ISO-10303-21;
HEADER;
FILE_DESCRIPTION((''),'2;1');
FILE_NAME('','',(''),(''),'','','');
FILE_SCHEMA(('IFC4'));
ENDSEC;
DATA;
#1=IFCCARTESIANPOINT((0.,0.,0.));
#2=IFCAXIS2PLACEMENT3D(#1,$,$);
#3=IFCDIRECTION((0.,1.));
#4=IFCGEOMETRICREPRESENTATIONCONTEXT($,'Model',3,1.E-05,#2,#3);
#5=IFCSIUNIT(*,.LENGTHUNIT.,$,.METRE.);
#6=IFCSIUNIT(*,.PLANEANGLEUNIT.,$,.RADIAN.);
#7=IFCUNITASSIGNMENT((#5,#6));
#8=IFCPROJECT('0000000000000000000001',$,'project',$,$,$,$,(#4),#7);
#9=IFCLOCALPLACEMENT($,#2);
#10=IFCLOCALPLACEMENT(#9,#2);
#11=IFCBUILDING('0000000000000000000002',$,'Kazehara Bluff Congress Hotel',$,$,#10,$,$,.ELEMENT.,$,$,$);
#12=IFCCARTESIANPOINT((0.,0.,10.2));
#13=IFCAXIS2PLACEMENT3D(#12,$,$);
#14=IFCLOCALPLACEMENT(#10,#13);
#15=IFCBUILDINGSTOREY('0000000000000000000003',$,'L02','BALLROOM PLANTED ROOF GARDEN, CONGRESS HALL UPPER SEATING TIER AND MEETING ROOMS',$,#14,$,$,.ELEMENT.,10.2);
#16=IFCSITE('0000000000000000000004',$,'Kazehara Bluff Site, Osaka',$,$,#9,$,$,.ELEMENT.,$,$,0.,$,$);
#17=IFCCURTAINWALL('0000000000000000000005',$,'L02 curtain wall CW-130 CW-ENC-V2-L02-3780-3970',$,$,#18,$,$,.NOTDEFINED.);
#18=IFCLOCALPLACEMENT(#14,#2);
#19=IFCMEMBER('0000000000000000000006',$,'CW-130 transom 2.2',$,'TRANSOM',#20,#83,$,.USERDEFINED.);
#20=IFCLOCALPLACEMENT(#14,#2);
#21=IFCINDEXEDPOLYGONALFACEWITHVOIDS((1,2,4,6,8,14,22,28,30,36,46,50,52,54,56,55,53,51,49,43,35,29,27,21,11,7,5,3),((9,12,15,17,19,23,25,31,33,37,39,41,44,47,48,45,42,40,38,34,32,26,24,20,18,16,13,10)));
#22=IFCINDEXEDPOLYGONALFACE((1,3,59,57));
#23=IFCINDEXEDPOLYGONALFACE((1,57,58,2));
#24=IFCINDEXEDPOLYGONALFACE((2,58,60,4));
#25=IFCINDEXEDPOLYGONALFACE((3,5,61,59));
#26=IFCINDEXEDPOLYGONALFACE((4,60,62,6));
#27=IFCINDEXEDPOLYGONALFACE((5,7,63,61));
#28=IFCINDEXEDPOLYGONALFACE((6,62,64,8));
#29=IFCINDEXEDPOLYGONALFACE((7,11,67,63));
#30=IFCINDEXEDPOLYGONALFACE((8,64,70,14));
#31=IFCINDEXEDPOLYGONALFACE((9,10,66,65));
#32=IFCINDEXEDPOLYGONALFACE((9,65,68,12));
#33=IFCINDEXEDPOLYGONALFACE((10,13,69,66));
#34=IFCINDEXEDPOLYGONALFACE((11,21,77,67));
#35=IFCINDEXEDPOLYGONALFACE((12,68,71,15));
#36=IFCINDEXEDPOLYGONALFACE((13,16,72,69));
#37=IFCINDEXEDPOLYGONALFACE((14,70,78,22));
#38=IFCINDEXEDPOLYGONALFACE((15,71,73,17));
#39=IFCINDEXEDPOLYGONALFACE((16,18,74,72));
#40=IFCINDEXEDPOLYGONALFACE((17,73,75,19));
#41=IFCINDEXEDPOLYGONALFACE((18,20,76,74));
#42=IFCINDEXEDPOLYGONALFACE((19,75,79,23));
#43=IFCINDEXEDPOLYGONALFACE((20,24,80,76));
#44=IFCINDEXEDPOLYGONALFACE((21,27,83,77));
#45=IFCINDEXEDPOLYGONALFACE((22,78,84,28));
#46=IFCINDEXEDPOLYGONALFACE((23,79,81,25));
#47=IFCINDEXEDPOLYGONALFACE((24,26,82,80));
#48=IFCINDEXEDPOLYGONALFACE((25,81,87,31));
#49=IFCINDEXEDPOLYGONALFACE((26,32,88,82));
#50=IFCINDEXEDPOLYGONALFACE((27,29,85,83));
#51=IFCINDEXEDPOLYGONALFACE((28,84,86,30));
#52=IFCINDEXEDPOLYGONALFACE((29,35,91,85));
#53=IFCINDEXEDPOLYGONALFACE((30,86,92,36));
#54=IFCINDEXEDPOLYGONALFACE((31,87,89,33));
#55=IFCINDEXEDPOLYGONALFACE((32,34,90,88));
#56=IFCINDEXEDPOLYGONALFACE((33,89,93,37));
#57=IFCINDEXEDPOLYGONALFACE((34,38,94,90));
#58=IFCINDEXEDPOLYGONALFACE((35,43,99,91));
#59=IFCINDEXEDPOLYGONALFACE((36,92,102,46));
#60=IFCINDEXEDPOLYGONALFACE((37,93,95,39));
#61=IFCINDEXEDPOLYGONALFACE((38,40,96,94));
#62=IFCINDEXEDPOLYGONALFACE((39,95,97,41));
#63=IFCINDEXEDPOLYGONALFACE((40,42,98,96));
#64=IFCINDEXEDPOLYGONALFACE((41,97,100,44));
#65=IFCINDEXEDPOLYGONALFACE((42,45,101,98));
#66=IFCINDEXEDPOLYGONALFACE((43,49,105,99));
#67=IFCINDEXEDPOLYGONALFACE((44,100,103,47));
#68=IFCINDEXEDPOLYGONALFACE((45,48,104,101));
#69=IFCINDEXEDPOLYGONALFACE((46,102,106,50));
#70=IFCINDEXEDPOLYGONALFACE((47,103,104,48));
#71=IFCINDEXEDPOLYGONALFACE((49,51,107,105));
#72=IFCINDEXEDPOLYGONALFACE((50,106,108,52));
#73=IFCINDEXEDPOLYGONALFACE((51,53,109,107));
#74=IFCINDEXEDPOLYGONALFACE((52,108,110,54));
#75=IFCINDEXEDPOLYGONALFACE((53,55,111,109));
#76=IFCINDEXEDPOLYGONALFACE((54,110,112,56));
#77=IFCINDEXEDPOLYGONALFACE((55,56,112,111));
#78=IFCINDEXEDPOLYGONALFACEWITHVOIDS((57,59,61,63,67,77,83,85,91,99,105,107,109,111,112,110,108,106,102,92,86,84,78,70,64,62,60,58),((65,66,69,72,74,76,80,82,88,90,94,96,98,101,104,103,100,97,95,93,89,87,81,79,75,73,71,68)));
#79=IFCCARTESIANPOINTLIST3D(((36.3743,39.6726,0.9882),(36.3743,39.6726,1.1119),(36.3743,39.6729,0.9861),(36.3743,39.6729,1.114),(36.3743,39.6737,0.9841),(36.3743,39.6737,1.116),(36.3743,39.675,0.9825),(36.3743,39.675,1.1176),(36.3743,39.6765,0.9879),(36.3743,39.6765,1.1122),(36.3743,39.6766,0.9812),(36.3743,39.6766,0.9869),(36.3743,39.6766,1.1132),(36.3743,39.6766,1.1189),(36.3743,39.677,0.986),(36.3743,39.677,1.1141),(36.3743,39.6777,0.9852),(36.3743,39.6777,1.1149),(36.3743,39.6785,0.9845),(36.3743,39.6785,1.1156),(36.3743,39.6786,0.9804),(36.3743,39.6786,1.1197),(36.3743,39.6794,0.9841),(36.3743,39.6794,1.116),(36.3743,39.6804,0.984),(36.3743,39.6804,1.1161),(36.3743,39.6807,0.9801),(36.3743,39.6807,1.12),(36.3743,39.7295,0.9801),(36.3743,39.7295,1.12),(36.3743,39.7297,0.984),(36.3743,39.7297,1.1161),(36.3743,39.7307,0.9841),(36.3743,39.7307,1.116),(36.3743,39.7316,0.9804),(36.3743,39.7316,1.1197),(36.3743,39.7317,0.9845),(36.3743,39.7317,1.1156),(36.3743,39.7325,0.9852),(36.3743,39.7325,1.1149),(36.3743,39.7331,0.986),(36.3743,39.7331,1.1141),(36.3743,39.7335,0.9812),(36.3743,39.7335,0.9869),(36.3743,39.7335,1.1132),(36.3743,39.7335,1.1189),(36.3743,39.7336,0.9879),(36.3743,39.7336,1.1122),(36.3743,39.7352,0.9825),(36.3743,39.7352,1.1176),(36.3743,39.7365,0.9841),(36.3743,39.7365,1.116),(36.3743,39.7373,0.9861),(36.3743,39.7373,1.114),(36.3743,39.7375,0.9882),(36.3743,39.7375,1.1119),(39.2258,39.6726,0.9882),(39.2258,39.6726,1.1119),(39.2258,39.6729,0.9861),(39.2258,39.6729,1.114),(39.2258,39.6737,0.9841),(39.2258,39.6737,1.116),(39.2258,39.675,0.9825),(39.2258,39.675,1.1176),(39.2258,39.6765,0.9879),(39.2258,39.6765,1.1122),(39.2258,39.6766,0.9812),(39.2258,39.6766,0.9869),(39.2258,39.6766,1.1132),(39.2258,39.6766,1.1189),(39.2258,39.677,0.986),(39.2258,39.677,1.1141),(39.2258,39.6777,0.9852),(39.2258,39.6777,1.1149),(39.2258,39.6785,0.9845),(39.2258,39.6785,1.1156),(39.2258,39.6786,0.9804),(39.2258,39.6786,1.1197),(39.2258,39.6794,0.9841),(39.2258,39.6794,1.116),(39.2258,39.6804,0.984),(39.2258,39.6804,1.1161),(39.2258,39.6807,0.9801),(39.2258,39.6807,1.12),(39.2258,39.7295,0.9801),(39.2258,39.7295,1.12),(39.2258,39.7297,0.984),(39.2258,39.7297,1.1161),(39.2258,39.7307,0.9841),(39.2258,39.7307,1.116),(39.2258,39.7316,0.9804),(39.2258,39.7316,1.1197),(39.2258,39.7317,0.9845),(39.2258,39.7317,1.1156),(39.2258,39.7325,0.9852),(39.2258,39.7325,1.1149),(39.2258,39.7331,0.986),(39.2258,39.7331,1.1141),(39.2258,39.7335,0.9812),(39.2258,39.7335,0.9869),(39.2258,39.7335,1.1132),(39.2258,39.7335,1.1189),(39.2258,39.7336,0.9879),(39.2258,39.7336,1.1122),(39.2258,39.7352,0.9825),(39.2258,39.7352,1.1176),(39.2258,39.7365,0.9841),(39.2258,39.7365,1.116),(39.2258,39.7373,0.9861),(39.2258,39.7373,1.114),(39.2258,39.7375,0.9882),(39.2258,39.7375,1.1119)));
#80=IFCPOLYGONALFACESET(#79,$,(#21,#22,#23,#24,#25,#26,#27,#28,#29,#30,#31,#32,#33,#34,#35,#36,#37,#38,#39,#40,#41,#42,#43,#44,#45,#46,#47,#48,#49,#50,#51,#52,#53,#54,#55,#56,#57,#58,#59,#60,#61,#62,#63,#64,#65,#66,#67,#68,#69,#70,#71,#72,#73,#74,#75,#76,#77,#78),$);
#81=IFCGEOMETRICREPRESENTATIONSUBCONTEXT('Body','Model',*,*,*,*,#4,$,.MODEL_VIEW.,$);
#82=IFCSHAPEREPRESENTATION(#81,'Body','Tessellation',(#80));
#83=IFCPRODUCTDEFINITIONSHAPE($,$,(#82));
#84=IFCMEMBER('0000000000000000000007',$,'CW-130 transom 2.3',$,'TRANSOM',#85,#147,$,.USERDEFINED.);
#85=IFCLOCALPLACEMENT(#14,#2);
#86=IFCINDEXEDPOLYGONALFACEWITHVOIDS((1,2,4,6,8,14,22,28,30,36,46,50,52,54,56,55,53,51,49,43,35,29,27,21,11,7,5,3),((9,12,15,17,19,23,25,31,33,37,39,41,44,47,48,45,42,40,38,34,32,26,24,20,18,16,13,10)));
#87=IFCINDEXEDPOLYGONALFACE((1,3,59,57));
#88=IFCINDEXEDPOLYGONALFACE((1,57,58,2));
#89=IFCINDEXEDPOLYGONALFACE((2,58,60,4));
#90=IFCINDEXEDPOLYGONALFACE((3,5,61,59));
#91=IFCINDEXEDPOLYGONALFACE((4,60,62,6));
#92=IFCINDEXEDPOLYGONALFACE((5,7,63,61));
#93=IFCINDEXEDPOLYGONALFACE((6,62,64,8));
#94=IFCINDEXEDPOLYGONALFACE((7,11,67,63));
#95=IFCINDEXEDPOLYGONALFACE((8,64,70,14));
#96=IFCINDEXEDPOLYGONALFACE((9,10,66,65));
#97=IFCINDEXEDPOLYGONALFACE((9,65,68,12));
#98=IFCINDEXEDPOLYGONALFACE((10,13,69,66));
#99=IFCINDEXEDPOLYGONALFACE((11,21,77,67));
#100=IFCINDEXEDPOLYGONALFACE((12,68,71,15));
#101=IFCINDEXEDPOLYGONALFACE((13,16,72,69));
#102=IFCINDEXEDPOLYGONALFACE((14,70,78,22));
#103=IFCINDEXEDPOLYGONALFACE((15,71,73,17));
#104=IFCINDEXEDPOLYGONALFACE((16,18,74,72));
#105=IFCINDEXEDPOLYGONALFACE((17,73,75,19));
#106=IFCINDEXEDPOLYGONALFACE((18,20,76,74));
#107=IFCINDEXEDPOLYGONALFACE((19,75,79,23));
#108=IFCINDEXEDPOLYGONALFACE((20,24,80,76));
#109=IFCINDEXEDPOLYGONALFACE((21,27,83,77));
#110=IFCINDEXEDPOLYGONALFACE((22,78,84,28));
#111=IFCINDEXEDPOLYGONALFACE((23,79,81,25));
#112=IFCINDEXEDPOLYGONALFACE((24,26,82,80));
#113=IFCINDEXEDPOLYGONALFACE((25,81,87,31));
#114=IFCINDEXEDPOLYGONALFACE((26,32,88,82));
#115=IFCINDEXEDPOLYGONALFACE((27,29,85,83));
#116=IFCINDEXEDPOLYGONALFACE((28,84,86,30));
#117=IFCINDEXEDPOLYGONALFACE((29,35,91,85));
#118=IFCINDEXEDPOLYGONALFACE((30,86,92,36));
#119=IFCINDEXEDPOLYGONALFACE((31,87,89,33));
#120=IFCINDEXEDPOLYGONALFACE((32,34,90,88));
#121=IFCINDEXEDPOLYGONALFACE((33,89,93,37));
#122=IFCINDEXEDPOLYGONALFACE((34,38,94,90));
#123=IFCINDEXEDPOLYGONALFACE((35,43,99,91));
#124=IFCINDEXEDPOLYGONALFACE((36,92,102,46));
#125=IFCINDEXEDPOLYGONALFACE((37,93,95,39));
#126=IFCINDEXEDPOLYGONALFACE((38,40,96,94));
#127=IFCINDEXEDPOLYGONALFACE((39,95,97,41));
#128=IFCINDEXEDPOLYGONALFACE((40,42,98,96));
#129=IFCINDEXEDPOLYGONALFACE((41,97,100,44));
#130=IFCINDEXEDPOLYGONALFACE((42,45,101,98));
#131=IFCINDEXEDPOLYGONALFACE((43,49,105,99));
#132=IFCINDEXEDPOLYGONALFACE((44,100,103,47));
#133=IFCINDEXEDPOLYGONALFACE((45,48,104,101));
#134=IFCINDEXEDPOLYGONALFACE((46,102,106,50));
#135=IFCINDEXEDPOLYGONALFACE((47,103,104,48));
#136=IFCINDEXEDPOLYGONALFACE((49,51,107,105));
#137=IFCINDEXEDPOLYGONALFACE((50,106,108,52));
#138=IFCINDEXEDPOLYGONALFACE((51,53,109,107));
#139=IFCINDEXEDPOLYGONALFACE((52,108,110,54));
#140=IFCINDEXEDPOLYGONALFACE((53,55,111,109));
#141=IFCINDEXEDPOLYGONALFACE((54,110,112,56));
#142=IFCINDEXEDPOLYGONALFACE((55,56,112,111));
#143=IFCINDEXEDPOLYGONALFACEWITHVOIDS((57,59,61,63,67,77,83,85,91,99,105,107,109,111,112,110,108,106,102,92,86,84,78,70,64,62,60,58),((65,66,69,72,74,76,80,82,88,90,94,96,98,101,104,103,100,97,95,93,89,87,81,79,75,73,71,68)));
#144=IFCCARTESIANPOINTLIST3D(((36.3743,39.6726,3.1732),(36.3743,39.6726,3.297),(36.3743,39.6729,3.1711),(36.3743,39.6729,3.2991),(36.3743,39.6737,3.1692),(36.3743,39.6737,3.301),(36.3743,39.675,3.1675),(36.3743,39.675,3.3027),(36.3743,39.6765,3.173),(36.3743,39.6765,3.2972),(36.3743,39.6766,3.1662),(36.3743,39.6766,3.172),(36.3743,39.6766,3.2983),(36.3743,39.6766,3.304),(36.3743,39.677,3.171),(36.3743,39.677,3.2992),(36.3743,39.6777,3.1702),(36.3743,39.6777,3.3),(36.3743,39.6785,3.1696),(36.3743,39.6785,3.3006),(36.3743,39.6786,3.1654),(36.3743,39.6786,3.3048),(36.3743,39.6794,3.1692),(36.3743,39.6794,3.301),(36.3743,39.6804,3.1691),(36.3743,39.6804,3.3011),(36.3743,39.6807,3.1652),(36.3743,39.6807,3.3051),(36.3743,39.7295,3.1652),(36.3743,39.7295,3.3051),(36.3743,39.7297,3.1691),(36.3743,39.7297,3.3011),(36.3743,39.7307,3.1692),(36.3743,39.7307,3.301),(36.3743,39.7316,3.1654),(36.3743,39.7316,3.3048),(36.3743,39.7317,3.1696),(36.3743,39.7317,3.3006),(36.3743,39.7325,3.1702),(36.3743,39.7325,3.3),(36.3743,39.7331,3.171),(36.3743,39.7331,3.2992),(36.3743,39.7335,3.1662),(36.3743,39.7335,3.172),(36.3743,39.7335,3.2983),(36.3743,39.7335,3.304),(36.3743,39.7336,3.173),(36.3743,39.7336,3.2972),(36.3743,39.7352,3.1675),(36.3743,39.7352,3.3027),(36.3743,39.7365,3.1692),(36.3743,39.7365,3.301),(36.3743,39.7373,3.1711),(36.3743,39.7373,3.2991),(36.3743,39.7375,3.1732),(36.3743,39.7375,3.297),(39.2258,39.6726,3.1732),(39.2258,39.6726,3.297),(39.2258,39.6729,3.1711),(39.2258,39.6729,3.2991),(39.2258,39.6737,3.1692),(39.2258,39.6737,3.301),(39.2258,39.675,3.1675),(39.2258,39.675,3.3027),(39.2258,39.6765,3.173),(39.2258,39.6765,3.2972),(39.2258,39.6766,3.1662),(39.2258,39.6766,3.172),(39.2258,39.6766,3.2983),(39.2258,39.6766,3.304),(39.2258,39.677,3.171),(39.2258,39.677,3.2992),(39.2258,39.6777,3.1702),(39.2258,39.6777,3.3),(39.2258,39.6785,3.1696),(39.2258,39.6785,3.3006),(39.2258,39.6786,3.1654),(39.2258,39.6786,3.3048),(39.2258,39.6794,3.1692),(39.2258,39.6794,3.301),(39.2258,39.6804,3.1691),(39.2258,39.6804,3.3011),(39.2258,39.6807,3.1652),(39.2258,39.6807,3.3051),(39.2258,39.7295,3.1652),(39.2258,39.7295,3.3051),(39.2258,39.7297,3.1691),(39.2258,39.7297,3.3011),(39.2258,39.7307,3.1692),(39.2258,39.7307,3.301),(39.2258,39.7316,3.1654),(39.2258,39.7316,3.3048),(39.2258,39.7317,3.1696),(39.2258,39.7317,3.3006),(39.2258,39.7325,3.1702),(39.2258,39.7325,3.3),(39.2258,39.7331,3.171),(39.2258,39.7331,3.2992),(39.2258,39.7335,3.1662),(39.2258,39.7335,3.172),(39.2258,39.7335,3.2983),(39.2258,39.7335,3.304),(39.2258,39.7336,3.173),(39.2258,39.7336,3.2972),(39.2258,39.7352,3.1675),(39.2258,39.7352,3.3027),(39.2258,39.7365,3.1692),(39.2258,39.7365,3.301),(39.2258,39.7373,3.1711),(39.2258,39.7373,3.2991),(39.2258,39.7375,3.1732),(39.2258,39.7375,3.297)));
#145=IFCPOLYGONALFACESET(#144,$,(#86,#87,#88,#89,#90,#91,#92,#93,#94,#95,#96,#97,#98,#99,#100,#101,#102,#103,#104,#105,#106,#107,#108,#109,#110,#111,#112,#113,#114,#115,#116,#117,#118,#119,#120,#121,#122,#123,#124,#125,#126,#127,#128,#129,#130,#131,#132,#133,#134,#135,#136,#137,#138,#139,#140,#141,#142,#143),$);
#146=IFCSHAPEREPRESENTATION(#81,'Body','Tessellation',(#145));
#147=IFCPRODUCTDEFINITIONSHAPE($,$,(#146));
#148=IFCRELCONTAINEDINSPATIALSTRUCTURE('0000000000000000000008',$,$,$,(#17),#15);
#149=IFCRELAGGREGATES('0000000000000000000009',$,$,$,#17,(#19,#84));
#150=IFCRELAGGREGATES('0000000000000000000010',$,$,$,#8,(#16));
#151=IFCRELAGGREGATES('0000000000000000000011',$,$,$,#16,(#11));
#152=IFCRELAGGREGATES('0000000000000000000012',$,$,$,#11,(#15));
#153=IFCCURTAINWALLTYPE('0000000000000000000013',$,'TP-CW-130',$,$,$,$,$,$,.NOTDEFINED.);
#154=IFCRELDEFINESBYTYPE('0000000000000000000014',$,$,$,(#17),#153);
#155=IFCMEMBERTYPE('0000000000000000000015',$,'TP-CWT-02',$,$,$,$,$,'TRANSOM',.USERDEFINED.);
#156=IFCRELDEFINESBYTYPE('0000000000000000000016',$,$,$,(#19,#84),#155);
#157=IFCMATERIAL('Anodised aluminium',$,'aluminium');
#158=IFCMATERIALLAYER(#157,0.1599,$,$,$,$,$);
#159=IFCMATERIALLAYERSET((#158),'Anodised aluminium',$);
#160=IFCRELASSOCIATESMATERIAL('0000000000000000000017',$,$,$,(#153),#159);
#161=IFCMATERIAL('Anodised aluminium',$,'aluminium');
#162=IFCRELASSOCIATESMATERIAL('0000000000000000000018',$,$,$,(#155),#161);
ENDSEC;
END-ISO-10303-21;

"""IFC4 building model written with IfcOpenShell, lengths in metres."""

from ifc_helpers import new_model, si_unit, direction, frame, origin, origin_2d, place, context, subcontext, project, spatial, hollow_rectangle, extrude, material, layer, layer_set, material_profile, profile_set, type_object, element, aggregate, save


model = new_model("IFC4")

# Units and contexts
model_context = context("Model", 3, precision=1e-05, world=origin(), true_north=direction((0.0, 1.0)))
body_context = subcontext(model_context, "Body", "Model", "MODEL_VIEW")
ifc_project = project(units=[si_unit("LENGTHUNIT", "METRE"), si_unit("PLANEANGLEUNIT", "RADIAN")], contexts=[model_context])

# Site, building, storey
site_placement = place(None, origin())
site = spatial("IfcSite", under=ifc_project, at=site_placement, Name="Kazehara Bluff Site, Osaka", CompositionType="ELEMENT", RefElevation=0.0)
building_placement = place(site_placement, origin())
building = spatial("IfcBuilding", under=site, at=building_placement, Name="Kazehara Bluff Congress Hotel", CompositionType="ELEMENT")
storey_placement = place(building_placement, frame((0.0, 0.0, 10.2)))
storey = spatial("IfcBuildingStorey", under=building, at=storey_placement, Name="L02", Description="BALLROOM PLANTED ROOF GARDEN, CONGRESS HALL UPPER SEATING TIER AND MEETING ROOMS", CompositionType="ELEMENT", Elevation=10.2)

# Curtain wall
ifc_material_1 = material(Name="Anodised aluminium", Category="aluminium")
ifc_layer_1 = layer(ifc_material_1, 0.1599)
ifc_layer_set_1 = layer_set([ifc_layer_1], Name="Anodised aluminium")
curtain_wall_type_1 = type_object("IfcCurtainWallType", Name="TP-CW-130", PredefinedType="NOTDEFINED", material=ifc_layer_set_1)
curtain_wall_1_placement = place(storey_placement, origin())
curtain_wall_1 = element("IfcCurtainWall", 1, at=curtain_wall_1_placement, inside=storey, type_object=curtain_wall_type_1, Name="L02 curtain wall CW-130 CW-ENC-V2-L02-3780-3970", PredefinedType="NOTDEFINED")

# Members
ifc_material_2 = material(Name="Anodised aluminium", Category="aluminium")
ifc_material_profile_1 = material_profile(ifc_material_2, hollow_rectangle(XDim=0.0649, YDim=0.1399, WallThickness=0.0039, InnerFilletRadius=0.0039, OuterFilletRadius=0.0081, at=origin_2d()))
ifc_profile_set_1 = profile_set([ifc_material_profile_1], Name="Anodised aluminium")
member_type_1 = type_object("IfcMemberType", Name="TP-CWT-02", ElementType="TRANSOM", PredefinedType="USERDEFINED", material=ifc_profile_set_1)
member_1_placement = place(storey_placement, frame((36.3743, 39.7051, 1.05), z_axis=(1.0, 0.0, 0.0), x_axis=(0.0, 1.0, 0.0)))
member_1 = element("IfcMember", 2, at=member_1_placement, type_object=member_type_1, Name="CW-130 transom 2.2", ObjectType="TRANSOM", PredefinedType="USERDEFINED", context=body_context, shape_type="SweptSolid", body=[
    extrude(hollow_rectangle(XDim=0.0649, YDim=0.1399, WallThickness=0.0039, InnerFilletRadius=0.0039, OuterFilletRadius=0.0081, at=origin_2d()), origin(), (0.0, 0.0, 1.0), 2.8516),
])
member_2_placement = place(storey_placement, frame((36.3743, 39.7051, 3.2351), z_axis=(1.0, 0.0, 0.0), x_axis=(0.0, 1.0, 0.0)))
member_2 = element("IfcMember", 3, at=member_2_placement, type_object=member_type_1, Name="CW-130 transom 2.3", ObjectType="TRANSOM", PredefinedType="USERDEFINED", context=body_context, shape_type="SweptSolid", body=[
    extrude(hollow_rectangle(XDim=0.0649, YDim=0.1399, WallThickness=0.0039, InnerFilletRadius=0.0039, OuterFilletRadius=0.0081, at=origin_2d()), origin(), (0.0, 0.0, 1.0), 2.8516),
])

aggregate(curtain_wall_1, [member_1, member_2])

save(model, "model.ifc")
